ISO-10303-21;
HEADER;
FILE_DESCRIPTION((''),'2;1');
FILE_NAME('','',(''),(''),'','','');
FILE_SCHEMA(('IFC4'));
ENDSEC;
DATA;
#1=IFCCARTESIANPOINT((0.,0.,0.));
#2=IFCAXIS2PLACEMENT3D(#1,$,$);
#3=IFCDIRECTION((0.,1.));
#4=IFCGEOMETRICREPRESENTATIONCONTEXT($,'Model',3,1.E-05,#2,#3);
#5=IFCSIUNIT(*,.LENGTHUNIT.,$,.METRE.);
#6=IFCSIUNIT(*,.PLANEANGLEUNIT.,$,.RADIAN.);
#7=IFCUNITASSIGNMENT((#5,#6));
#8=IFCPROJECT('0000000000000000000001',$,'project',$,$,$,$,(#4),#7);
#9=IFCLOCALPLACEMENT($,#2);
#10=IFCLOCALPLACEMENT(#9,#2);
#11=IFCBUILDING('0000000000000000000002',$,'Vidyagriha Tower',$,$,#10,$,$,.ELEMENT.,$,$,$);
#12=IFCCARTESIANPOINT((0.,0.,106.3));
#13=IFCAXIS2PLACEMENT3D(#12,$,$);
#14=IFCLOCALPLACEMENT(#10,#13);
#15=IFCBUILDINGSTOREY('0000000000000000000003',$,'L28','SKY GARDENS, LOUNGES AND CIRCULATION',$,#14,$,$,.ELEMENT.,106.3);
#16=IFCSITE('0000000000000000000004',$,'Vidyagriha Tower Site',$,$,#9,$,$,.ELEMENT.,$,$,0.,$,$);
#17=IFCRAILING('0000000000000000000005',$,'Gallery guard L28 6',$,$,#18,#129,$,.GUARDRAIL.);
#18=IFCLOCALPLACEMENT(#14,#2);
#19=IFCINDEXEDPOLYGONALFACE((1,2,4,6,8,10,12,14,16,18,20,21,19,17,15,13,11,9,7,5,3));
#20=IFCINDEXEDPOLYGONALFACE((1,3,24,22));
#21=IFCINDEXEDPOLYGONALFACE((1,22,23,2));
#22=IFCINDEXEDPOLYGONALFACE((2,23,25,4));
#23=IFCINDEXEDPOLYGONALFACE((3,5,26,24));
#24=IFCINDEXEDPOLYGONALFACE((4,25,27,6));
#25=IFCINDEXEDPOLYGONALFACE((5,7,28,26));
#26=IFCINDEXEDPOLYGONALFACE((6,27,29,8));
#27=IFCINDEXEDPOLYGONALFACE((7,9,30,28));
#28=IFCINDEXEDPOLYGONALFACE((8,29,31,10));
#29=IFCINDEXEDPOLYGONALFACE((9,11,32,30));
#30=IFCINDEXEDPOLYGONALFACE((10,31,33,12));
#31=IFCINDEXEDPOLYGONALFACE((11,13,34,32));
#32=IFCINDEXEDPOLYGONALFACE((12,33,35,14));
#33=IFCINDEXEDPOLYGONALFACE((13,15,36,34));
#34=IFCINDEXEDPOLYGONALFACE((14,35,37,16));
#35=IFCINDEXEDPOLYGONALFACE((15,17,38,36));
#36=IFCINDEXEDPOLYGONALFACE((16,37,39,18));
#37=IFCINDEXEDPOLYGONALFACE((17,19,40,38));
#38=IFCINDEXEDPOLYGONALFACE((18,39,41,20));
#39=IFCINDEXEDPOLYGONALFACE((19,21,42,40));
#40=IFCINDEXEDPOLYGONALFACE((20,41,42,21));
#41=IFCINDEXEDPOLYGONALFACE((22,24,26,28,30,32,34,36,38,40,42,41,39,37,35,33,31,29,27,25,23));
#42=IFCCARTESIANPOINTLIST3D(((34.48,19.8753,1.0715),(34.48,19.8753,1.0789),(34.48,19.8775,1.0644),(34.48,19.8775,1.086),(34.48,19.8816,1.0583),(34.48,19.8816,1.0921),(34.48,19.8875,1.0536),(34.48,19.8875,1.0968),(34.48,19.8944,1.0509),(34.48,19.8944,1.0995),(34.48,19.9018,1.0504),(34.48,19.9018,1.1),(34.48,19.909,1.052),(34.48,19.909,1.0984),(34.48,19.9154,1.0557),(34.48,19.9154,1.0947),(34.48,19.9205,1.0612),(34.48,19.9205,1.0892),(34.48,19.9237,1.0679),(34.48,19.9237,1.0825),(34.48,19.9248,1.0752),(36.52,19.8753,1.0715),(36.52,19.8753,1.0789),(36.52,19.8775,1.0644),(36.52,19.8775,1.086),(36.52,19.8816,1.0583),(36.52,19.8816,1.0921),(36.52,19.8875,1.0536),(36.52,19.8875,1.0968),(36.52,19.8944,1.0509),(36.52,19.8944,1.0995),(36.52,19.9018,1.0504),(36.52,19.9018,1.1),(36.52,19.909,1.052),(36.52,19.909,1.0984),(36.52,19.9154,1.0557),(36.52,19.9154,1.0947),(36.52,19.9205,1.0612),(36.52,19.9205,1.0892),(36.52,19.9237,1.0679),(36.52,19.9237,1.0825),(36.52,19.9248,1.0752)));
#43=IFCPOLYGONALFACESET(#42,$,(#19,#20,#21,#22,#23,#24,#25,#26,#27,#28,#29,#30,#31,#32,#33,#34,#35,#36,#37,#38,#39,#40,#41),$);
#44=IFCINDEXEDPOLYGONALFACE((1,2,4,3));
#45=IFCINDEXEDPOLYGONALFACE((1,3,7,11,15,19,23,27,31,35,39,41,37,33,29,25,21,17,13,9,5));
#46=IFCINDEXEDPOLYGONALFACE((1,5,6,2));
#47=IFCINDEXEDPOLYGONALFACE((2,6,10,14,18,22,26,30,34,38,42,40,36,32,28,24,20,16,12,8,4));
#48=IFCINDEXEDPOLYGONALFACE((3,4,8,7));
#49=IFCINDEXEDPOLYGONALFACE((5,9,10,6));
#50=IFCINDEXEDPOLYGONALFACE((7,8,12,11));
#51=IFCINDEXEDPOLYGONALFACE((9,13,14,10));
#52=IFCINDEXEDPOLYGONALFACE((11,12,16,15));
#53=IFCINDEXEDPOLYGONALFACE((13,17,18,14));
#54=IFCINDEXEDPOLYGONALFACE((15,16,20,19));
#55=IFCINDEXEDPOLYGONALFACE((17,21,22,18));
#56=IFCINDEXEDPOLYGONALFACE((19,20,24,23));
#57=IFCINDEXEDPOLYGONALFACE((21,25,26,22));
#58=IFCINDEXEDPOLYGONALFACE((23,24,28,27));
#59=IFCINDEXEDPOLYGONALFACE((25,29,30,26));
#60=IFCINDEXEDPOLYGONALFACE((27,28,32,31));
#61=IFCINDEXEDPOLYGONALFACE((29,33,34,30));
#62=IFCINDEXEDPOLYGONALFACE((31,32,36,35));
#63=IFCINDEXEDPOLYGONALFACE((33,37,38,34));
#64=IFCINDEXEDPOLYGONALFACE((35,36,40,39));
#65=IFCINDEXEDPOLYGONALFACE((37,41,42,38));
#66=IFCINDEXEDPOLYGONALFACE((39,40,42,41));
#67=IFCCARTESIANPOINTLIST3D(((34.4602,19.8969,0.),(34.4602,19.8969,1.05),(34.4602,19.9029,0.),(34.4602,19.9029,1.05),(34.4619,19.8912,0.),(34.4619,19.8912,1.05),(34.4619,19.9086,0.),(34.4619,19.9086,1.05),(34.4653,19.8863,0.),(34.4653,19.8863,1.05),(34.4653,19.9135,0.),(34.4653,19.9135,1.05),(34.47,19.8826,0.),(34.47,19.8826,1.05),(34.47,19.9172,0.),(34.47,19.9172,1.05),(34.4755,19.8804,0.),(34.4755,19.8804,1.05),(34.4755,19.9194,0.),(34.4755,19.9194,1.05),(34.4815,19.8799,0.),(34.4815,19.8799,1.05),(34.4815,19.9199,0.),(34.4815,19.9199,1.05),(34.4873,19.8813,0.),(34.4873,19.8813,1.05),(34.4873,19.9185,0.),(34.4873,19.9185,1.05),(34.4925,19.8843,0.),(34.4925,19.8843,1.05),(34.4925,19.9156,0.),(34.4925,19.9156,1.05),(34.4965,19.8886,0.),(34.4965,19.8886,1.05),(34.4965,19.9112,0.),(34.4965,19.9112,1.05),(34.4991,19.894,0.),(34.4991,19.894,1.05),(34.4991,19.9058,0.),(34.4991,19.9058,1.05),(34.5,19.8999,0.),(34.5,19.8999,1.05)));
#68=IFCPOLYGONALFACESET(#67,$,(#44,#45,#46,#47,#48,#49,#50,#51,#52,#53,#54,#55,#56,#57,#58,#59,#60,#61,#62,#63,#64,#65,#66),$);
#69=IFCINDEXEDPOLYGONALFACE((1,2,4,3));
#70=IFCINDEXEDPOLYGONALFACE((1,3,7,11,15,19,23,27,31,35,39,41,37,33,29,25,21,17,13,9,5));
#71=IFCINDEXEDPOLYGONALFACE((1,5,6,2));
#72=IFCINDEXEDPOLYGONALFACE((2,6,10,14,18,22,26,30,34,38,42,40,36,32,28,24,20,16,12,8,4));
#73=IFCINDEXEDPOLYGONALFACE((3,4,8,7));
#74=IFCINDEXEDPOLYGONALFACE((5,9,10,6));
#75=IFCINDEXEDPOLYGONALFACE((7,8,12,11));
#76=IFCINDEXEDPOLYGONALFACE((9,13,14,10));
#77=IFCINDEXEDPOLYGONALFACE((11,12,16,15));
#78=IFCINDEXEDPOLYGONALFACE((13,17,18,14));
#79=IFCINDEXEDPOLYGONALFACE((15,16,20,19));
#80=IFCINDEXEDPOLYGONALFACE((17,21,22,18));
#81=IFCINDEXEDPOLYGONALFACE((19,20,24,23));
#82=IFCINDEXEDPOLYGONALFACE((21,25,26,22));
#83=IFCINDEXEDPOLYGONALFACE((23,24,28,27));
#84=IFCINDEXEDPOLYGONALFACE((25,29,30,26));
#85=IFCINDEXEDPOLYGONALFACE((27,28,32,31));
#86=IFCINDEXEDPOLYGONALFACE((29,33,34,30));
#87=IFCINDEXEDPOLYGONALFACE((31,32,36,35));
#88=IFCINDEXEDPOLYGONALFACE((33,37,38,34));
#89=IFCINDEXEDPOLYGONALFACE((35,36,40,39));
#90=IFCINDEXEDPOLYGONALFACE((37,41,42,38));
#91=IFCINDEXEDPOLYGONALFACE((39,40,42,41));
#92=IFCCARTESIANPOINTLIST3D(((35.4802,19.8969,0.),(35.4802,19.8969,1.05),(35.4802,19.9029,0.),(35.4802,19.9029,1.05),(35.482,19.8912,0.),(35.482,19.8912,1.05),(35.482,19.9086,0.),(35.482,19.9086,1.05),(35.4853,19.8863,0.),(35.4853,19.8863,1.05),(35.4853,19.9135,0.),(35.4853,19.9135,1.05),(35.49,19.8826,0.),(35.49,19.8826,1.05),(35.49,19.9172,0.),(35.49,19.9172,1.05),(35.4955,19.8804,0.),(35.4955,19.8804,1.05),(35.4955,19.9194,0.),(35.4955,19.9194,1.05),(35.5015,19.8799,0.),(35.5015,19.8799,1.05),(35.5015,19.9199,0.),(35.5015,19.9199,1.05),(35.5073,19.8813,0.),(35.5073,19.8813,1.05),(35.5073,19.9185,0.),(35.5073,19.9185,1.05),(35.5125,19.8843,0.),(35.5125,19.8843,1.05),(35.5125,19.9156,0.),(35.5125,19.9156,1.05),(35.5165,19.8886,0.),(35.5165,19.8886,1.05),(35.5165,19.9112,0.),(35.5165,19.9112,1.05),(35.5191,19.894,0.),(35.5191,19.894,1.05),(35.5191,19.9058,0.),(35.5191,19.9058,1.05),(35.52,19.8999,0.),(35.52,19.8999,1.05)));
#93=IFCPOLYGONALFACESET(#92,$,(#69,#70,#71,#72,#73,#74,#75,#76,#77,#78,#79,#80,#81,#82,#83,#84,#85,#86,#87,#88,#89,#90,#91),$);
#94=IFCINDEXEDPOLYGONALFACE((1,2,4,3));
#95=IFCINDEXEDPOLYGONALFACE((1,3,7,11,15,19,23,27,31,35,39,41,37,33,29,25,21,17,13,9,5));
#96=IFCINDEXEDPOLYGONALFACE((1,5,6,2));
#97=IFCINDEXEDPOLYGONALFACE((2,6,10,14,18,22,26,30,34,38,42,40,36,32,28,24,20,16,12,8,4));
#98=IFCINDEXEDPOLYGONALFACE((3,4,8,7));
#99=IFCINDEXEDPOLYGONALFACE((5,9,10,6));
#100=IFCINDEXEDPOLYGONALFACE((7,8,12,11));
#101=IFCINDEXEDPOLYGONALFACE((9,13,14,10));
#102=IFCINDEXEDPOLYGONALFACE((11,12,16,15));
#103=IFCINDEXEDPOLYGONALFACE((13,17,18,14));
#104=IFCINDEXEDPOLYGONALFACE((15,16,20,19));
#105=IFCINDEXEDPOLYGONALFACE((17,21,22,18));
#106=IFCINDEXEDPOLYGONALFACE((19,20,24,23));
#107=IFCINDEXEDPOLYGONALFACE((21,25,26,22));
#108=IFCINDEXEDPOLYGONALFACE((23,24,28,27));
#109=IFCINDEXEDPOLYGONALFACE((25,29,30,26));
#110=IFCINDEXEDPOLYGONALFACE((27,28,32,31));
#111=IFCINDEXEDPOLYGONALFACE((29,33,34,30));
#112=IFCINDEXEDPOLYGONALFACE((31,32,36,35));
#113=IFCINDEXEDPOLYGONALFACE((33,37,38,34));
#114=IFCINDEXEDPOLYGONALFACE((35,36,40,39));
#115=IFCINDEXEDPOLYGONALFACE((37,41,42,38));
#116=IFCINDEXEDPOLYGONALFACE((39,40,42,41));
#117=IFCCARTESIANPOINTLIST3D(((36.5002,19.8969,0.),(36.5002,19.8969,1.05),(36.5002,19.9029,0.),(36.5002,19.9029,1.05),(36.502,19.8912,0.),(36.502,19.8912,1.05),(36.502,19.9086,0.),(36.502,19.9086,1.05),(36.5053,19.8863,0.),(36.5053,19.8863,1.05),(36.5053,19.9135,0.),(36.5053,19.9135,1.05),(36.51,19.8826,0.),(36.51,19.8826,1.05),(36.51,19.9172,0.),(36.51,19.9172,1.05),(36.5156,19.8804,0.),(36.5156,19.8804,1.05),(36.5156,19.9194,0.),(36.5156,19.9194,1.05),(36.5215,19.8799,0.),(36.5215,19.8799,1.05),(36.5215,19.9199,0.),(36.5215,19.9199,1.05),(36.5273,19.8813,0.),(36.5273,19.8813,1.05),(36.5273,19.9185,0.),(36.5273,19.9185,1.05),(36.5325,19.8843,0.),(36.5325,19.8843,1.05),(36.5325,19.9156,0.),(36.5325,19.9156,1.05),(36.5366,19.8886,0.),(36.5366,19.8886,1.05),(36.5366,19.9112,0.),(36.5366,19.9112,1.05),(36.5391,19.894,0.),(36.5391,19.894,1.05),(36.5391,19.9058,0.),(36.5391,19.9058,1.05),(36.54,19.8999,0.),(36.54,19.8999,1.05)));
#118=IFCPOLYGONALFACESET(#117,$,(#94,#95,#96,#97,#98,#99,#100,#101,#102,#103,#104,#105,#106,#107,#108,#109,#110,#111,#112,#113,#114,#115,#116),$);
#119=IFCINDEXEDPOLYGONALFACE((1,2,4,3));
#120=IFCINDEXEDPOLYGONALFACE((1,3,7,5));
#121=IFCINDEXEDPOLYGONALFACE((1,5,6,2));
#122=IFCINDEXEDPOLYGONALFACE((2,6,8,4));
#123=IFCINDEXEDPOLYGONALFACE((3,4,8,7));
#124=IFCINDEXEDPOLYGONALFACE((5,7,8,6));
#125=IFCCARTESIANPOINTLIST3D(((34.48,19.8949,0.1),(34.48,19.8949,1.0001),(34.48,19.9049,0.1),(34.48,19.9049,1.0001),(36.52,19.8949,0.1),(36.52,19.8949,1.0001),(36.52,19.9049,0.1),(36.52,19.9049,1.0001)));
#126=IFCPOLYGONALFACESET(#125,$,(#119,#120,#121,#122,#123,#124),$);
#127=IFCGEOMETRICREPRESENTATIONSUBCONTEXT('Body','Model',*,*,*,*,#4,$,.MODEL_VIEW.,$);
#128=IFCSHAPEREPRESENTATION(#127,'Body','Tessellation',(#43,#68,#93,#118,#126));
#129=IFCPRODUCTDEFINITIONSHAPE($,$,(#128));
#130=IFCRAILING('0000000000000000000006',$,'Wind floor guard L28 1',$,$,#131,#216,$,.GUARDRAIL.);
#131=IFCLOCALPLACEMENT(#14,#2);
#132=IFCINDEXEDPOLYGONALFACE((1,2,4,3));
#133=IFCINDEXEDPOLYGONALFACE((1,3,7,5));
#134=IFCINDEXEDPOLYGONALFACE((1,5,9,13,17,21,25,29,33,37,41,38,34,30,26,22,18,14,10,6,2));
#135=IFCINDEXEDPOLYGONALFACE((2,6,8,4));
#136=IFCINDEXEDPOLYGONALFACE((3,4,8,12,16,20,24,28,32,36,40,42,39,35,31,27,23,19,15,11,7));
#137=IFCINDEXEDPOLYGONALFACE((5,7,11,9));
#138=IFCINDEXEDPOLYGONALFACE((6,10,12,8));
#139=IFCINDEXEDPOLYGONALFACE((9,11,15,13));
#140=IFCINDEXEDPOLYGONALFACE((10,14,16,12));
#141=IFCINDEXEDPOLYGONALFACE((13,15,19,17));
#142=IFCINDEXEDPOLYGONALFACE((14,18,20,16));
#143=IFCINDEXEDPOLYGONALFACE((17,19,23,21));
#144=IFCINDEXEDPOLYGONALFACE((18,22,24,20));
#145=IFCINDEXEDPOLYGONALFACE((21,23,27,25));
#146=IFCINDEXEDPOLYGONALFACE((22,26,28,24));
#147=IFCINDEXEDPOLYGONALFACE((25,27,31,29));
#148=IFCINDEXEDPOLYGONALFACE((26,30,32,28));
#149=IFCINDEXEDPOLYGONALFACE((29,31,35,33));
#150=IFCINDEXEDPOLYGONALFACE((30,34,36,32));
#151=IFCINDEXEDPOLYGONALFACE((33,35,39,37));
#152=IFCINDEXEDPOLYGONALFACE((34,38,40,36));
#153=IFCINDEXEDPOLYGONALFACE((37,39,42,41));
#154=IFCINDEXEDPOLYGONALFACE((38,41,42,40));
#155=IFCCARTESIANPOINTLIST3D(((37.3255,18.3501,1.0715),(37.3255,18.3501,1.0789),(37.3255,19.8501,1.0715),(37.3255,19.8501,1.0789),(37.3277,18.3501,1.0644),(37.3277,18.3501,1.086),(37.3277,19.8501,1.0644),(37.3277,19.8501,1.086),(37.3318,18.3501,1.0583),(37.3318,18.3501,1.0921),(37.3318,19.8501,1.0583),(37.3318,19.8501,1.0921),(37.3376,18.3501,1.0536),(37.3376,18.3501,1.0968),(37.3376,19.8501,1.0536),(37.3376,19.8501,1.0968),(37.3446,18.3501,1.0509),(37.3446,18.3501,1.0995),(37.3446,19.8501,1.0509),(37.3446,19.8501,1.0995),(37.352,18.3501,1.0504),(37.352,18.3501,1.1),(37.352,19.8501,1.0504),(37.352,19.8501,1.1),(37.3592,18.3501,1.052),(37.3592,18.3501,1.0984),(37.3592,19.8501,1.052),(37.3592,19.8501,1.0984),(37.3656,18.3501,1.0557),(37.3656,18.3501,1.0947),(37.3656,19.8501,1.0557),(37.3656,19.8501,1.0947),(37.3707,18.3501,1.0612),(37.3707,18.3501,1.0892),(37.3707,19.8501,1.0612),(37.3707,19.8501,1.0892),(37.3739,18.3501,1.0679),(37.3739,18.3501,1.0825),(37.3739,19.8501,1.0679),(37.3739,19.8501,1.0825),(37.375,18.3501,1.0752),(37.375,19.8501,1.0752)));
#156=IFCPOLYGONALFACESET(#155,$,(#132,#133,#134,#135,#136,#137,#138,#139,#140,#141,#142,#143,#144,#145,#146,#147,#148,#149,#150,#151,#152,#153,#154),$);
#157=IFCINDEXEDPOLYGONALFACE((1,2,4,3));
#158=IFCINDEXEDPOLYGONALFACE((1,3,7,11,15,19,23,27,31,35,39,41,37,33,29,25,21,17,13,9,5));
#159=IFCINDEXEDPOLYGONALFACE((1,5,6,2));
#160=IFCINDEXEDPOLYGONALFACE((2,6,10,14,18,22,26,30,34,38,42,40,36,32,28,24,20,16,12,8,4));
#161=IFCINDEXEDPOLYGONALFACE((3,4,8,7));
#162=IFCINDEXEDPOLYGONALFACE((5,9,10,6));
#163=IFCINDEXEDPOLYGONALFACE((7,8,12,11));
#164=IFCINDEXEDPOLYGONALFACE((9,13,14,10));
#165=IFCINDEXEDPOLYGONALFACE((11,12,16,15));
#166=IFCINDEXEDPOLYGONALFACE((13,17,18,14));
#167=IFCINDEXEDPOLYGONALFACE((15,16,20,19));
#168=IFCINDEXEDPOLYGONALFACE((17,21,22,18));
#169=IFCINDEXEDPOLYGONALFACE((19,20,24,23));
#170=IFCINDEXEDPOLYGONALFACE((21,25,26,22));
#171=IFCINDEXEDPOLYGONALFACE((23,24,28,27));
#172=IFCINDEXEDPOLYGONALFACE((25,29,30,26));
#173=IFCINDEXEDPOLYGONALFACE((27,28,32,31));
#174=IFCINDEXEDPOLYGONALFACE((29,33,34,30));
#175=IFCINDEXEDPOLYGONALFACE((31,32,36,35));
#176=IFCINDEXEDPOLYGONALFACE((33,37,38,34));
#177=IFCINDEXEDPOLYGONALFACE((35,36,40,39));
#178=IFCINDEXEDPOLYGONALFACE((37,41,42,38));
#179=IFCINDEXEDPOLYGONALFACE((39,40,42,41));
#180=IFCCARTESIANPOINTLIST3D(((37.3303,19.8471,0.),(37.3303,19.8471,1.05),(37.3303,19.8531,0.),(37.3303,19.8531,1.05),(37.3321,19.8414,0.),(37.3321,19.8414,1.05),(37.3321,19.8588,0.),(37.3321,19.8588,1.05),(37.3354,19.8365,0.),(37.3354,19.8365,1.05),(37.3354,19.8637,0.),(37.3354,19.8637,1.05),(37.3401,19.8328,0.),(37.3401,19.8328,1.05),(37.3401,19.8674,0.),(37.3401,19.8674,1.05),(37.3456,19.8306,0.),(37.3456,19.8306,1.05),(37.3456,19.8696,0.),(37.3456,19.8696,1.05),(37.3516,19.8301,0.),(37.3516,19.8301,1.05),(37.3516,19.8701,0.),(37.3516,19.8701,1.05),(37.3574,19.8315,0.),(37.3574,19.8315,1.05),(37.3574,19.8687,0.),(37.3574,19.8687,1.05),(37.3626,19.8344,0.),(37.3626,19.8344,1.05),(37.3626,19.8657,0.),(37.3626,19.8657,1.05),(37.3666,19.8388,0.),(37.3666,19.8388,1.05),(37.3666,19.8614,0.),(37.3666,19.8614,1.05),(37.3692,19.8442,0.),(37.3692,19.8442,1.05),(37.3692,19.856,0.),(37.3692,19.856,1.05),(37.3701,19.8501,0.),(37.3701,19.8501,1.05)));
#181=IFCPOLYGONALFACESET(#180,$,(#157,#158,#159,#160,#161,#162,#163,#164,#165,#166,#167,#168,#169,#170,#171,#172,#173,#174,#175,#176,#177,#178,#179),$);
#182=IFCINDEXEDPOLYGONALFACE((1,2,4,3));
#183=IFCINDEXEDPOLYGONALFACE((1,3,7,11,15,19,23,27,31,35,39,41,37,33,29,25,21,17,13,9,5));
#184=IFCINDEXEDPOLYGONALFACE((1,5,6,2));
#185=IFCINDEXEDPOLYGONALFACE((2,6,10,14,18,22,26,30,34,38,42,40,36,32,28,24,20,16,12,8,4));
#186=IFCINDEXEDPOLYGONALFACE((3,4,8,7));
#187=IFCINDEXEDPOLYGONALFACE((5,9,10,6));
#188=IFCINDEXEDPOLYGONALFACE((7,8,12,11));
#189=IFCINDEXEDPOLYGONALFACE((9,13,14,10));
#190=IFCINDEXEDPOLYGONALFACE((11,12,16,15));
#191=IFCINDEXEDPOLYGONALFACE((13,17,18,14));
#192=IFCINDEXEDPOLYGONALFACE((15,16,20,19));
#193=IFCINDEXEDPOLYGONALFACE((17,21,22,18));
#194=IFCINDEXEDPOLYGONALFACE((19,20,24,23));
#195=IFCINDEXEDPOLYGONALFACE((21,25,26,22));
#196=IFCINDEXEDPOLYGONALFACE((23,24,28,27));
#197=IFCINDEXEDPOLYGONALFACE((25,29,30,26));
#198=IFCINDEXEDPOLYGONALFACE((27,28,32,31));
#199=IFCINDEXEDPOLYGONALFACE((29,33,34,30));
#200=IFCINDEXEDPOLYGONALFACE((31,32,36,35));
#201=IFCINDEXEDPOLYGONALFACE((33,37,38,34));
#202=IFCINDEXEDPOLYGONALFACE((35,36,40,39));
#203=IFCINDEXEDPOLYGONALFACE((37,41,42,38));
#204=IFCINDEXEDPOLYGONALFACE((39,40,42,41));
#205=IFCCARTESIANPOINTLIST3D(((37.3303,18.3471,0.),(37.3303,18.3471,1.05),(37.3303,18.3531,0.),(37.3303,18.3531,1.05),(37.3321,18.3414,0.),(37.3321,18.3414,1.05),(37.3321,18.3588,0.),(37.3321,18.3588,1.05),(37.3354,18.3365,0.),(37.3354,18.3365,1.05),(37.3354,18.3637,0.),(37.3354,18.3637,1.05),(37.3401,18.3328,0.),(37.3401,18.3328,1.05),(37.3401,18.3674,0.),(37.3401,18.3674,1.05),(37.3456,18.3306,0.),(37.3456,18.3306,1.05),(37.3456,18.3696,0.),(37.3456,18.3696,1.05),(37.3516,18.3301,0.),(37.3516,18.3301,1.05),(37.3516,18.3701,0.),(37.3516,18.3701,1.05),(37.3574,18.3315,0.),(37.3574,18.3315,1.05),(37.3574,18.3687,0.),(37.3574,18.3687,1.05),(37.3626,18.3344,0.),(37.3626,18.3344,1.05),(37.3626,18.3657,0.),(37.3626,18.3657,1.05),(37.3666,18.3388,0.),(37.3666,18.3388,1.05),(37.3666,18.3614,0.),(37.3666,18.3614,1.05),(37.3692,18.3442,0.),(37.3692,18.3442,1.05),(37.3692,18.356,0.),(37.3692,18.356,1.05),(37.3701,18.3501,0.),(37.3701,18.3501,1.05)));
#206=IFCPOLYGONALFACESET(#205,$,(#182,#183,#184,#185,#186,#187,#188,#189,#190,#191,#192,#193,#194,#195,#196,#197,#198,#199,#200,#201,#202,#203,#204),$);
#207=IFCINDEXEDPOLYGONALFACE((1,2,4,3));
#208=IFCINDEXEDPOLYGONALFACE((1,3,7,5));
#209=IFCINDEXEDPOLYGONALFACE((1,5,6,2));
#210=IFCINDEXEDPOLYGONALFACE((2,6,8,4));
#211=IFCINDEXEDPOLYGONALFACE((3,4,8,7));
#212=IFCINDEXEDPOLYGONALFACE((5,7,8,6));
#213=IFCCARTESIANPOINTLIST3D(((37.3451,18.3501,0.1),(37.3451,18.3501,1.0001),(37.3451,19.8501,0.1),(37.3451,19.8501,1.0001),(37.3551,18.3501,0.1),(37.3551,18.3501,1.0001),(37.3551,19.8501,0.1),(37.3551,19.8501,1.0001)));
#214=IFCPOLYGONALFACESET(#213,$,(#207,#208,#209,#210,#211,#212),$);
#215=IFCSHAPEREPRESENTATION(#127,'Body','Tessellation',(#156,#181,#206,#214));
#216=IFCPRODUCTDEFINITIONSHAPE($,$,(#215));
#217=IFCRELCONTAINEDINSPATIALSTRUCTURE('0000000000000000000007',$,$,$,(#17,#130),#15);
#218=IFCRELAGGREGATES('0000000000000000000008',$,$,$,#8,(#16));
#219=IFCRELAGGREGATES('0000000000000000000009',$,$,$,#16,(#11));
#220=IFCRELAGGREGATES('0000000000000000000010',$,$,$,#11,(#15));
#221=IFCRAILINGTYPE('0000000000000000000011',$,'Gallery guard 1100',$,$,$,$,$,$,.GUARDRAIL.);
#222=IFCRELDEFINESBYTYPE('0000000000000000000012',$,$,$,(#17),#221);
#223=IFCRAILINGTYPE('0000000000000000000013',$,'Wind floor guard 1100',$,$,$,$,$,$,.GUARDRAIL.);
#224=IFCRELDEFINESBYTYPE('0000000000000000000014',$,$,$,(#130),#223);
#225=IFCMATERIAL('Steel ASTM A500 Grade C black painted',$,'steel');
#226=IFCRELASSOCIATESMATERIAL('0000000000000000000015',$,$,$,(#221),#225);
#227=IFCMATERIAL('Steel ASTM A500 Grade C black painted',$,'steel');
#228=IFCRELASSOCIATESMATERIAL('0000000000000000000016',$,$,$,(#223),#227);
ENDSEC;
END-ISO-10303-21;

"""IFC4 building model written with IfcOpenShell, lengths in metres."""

from ifc_helpers import new_model, si_unit, direction, frame, origin, origin_2d, place, context, subcontext, project, spatial, rectangle, circle, extrude, material, type_object, element, save


model = new_model("IFC4")

# Units and contexts
model_context = context("Model", 3, precision=1e-05, world=origin(), true_north=direction((0.0, 1.0)))
body_context = subcontext(model_context, "Body", "Model", "MODEL_VIEW")
ifc_project = project(units=[si_unit("LENGTHUNIT", "METRE"), si_unit("PLANEANGLEUNIT", "RADIAN")], contexts=[model_context])

# Site, building, storey
site_placement = place(None, origin())
site = spatial("IfcSite", under=ifc_project, at=site_placement, Name="Vidyagriha Tower Site", CompositionType="ELEMENT", RefElevation=0.0)
building_placement = place(site_placement, origin())
building = spatial("IfcBuilding", under=site, at=building_placement, Name="Vidyagriha Tower", CompositionType="ELEMENT")
storey_placement = place(building_placement, frame((0.0, 0.0, 106.3)))
storey = spatial("IfcBuildingStorey", under=building, at=storey_placement, Name="L28", Description="SKY GARDENS, LOUNGES AND CIRCULATION", CompositionType="ELEMENT", Elevation=106.3)

# Railings
ifc_material_1 = material(Name="Steel ASTM A500 Grade C black painted", Category="steel")
railing_type_1 = type_object("IfcRailingType", Name="Gallery guard 1100", PredefinedType="GUARDRAIL", material=ifc_material_1)
railing_1_placement = place(storey_placement, frame((34.48, 19.8999, 0.0)))
element("IfcRailing", 1, at=railing_1_placement, inside=storey, type_object=railing_type_1, Name="Gallery guard L28 6", PredefinedType="GUARDRAIL", context=body_context, shape_type="SweptSolid", body=[
    extrude(circle(Radius=0.0249, at=origin_2d()), frame((0.0, 0.0, 1.0752), z_axis=(1.0, 0.0, 0.0), x_axis=(0.0, 1.0, 0.0)), (0.0, 0.0, 1.0), 2.04),
    extrude(circle(Radius=0.02, at=origin_2d()), origin(), (0.0, 0.0, 1.0), 1.05),
    extrude(circle(Radius=0.02, at=origin_2d()), frame((1.02, 0.0, 0.0)), (0.0, 0.0, 1.0), 1.05),
    extrude(circle(Radius=0.02, at=origin_2d()), frame((2.04, 0.0, 0.0)), (0.0, 0.0, 1.0), 1.05),
    extrude(rectangle(XDim=0.01, YDim=0.9001, at=origin_2d()), frame((0.0, 0.0, 0.55), z_axis=(1.0, 0.0, 0.0), x_axis=(0.0, 1.0, 0.0)), (0.0, 0.0, 1.0), 2.04),
])
ifc_material_2 = material(Name="Steel ASTM A500 Grade C black painted", Category="steel")
railing_type_2 = type_object("IfcRailingType", Name="Wind floor guard 1100", PredefinedType="GUARDRAIL", material=ifc_material_2)
railing_2_placement = place(storey_placement, frame((37.3501, 19.8501, 0.0)))
element("IfcRailing", 2, at=railing_2_placement, inside=storey, type_object=railing_type_2, Name="Wind floor guard L28 1", PredefinedType="GUARDRAIL", context=body_context, shape_type="SweptSolid", body=[
    extrude(circle(Radius=0.0249, at=origin_2d()), frame((0.0, 0.0, 1.0752), z_axis=(0.0, -1.0, 0.0), x_axis=(1.0, 0.0, 0.0)), (0.0, 0.0, 1.0), 1.5),
    extrude(circle(Radius=0.02, at=origin_2d()), origin(), (0.0, 0.0, 1.0), 1.05),
    extrude(circle(Radius=0.02, at=origin_2d()), frame((0.0, -1.5, 0.0)), (0.0, 0.0, 1.0), 1.05),
    extrude(rectangle(XDim=0.01, YDim=0.9001, at=origin_2d()), frame((0.0, 0.0, 0.55), z_axis=(0.0, -1.0, 0.0), x_axis=(1.0, 0.0, 0.0)), (0.0, 0.0, 1.0), 1.5),
])

save(model, "model.ifc")
